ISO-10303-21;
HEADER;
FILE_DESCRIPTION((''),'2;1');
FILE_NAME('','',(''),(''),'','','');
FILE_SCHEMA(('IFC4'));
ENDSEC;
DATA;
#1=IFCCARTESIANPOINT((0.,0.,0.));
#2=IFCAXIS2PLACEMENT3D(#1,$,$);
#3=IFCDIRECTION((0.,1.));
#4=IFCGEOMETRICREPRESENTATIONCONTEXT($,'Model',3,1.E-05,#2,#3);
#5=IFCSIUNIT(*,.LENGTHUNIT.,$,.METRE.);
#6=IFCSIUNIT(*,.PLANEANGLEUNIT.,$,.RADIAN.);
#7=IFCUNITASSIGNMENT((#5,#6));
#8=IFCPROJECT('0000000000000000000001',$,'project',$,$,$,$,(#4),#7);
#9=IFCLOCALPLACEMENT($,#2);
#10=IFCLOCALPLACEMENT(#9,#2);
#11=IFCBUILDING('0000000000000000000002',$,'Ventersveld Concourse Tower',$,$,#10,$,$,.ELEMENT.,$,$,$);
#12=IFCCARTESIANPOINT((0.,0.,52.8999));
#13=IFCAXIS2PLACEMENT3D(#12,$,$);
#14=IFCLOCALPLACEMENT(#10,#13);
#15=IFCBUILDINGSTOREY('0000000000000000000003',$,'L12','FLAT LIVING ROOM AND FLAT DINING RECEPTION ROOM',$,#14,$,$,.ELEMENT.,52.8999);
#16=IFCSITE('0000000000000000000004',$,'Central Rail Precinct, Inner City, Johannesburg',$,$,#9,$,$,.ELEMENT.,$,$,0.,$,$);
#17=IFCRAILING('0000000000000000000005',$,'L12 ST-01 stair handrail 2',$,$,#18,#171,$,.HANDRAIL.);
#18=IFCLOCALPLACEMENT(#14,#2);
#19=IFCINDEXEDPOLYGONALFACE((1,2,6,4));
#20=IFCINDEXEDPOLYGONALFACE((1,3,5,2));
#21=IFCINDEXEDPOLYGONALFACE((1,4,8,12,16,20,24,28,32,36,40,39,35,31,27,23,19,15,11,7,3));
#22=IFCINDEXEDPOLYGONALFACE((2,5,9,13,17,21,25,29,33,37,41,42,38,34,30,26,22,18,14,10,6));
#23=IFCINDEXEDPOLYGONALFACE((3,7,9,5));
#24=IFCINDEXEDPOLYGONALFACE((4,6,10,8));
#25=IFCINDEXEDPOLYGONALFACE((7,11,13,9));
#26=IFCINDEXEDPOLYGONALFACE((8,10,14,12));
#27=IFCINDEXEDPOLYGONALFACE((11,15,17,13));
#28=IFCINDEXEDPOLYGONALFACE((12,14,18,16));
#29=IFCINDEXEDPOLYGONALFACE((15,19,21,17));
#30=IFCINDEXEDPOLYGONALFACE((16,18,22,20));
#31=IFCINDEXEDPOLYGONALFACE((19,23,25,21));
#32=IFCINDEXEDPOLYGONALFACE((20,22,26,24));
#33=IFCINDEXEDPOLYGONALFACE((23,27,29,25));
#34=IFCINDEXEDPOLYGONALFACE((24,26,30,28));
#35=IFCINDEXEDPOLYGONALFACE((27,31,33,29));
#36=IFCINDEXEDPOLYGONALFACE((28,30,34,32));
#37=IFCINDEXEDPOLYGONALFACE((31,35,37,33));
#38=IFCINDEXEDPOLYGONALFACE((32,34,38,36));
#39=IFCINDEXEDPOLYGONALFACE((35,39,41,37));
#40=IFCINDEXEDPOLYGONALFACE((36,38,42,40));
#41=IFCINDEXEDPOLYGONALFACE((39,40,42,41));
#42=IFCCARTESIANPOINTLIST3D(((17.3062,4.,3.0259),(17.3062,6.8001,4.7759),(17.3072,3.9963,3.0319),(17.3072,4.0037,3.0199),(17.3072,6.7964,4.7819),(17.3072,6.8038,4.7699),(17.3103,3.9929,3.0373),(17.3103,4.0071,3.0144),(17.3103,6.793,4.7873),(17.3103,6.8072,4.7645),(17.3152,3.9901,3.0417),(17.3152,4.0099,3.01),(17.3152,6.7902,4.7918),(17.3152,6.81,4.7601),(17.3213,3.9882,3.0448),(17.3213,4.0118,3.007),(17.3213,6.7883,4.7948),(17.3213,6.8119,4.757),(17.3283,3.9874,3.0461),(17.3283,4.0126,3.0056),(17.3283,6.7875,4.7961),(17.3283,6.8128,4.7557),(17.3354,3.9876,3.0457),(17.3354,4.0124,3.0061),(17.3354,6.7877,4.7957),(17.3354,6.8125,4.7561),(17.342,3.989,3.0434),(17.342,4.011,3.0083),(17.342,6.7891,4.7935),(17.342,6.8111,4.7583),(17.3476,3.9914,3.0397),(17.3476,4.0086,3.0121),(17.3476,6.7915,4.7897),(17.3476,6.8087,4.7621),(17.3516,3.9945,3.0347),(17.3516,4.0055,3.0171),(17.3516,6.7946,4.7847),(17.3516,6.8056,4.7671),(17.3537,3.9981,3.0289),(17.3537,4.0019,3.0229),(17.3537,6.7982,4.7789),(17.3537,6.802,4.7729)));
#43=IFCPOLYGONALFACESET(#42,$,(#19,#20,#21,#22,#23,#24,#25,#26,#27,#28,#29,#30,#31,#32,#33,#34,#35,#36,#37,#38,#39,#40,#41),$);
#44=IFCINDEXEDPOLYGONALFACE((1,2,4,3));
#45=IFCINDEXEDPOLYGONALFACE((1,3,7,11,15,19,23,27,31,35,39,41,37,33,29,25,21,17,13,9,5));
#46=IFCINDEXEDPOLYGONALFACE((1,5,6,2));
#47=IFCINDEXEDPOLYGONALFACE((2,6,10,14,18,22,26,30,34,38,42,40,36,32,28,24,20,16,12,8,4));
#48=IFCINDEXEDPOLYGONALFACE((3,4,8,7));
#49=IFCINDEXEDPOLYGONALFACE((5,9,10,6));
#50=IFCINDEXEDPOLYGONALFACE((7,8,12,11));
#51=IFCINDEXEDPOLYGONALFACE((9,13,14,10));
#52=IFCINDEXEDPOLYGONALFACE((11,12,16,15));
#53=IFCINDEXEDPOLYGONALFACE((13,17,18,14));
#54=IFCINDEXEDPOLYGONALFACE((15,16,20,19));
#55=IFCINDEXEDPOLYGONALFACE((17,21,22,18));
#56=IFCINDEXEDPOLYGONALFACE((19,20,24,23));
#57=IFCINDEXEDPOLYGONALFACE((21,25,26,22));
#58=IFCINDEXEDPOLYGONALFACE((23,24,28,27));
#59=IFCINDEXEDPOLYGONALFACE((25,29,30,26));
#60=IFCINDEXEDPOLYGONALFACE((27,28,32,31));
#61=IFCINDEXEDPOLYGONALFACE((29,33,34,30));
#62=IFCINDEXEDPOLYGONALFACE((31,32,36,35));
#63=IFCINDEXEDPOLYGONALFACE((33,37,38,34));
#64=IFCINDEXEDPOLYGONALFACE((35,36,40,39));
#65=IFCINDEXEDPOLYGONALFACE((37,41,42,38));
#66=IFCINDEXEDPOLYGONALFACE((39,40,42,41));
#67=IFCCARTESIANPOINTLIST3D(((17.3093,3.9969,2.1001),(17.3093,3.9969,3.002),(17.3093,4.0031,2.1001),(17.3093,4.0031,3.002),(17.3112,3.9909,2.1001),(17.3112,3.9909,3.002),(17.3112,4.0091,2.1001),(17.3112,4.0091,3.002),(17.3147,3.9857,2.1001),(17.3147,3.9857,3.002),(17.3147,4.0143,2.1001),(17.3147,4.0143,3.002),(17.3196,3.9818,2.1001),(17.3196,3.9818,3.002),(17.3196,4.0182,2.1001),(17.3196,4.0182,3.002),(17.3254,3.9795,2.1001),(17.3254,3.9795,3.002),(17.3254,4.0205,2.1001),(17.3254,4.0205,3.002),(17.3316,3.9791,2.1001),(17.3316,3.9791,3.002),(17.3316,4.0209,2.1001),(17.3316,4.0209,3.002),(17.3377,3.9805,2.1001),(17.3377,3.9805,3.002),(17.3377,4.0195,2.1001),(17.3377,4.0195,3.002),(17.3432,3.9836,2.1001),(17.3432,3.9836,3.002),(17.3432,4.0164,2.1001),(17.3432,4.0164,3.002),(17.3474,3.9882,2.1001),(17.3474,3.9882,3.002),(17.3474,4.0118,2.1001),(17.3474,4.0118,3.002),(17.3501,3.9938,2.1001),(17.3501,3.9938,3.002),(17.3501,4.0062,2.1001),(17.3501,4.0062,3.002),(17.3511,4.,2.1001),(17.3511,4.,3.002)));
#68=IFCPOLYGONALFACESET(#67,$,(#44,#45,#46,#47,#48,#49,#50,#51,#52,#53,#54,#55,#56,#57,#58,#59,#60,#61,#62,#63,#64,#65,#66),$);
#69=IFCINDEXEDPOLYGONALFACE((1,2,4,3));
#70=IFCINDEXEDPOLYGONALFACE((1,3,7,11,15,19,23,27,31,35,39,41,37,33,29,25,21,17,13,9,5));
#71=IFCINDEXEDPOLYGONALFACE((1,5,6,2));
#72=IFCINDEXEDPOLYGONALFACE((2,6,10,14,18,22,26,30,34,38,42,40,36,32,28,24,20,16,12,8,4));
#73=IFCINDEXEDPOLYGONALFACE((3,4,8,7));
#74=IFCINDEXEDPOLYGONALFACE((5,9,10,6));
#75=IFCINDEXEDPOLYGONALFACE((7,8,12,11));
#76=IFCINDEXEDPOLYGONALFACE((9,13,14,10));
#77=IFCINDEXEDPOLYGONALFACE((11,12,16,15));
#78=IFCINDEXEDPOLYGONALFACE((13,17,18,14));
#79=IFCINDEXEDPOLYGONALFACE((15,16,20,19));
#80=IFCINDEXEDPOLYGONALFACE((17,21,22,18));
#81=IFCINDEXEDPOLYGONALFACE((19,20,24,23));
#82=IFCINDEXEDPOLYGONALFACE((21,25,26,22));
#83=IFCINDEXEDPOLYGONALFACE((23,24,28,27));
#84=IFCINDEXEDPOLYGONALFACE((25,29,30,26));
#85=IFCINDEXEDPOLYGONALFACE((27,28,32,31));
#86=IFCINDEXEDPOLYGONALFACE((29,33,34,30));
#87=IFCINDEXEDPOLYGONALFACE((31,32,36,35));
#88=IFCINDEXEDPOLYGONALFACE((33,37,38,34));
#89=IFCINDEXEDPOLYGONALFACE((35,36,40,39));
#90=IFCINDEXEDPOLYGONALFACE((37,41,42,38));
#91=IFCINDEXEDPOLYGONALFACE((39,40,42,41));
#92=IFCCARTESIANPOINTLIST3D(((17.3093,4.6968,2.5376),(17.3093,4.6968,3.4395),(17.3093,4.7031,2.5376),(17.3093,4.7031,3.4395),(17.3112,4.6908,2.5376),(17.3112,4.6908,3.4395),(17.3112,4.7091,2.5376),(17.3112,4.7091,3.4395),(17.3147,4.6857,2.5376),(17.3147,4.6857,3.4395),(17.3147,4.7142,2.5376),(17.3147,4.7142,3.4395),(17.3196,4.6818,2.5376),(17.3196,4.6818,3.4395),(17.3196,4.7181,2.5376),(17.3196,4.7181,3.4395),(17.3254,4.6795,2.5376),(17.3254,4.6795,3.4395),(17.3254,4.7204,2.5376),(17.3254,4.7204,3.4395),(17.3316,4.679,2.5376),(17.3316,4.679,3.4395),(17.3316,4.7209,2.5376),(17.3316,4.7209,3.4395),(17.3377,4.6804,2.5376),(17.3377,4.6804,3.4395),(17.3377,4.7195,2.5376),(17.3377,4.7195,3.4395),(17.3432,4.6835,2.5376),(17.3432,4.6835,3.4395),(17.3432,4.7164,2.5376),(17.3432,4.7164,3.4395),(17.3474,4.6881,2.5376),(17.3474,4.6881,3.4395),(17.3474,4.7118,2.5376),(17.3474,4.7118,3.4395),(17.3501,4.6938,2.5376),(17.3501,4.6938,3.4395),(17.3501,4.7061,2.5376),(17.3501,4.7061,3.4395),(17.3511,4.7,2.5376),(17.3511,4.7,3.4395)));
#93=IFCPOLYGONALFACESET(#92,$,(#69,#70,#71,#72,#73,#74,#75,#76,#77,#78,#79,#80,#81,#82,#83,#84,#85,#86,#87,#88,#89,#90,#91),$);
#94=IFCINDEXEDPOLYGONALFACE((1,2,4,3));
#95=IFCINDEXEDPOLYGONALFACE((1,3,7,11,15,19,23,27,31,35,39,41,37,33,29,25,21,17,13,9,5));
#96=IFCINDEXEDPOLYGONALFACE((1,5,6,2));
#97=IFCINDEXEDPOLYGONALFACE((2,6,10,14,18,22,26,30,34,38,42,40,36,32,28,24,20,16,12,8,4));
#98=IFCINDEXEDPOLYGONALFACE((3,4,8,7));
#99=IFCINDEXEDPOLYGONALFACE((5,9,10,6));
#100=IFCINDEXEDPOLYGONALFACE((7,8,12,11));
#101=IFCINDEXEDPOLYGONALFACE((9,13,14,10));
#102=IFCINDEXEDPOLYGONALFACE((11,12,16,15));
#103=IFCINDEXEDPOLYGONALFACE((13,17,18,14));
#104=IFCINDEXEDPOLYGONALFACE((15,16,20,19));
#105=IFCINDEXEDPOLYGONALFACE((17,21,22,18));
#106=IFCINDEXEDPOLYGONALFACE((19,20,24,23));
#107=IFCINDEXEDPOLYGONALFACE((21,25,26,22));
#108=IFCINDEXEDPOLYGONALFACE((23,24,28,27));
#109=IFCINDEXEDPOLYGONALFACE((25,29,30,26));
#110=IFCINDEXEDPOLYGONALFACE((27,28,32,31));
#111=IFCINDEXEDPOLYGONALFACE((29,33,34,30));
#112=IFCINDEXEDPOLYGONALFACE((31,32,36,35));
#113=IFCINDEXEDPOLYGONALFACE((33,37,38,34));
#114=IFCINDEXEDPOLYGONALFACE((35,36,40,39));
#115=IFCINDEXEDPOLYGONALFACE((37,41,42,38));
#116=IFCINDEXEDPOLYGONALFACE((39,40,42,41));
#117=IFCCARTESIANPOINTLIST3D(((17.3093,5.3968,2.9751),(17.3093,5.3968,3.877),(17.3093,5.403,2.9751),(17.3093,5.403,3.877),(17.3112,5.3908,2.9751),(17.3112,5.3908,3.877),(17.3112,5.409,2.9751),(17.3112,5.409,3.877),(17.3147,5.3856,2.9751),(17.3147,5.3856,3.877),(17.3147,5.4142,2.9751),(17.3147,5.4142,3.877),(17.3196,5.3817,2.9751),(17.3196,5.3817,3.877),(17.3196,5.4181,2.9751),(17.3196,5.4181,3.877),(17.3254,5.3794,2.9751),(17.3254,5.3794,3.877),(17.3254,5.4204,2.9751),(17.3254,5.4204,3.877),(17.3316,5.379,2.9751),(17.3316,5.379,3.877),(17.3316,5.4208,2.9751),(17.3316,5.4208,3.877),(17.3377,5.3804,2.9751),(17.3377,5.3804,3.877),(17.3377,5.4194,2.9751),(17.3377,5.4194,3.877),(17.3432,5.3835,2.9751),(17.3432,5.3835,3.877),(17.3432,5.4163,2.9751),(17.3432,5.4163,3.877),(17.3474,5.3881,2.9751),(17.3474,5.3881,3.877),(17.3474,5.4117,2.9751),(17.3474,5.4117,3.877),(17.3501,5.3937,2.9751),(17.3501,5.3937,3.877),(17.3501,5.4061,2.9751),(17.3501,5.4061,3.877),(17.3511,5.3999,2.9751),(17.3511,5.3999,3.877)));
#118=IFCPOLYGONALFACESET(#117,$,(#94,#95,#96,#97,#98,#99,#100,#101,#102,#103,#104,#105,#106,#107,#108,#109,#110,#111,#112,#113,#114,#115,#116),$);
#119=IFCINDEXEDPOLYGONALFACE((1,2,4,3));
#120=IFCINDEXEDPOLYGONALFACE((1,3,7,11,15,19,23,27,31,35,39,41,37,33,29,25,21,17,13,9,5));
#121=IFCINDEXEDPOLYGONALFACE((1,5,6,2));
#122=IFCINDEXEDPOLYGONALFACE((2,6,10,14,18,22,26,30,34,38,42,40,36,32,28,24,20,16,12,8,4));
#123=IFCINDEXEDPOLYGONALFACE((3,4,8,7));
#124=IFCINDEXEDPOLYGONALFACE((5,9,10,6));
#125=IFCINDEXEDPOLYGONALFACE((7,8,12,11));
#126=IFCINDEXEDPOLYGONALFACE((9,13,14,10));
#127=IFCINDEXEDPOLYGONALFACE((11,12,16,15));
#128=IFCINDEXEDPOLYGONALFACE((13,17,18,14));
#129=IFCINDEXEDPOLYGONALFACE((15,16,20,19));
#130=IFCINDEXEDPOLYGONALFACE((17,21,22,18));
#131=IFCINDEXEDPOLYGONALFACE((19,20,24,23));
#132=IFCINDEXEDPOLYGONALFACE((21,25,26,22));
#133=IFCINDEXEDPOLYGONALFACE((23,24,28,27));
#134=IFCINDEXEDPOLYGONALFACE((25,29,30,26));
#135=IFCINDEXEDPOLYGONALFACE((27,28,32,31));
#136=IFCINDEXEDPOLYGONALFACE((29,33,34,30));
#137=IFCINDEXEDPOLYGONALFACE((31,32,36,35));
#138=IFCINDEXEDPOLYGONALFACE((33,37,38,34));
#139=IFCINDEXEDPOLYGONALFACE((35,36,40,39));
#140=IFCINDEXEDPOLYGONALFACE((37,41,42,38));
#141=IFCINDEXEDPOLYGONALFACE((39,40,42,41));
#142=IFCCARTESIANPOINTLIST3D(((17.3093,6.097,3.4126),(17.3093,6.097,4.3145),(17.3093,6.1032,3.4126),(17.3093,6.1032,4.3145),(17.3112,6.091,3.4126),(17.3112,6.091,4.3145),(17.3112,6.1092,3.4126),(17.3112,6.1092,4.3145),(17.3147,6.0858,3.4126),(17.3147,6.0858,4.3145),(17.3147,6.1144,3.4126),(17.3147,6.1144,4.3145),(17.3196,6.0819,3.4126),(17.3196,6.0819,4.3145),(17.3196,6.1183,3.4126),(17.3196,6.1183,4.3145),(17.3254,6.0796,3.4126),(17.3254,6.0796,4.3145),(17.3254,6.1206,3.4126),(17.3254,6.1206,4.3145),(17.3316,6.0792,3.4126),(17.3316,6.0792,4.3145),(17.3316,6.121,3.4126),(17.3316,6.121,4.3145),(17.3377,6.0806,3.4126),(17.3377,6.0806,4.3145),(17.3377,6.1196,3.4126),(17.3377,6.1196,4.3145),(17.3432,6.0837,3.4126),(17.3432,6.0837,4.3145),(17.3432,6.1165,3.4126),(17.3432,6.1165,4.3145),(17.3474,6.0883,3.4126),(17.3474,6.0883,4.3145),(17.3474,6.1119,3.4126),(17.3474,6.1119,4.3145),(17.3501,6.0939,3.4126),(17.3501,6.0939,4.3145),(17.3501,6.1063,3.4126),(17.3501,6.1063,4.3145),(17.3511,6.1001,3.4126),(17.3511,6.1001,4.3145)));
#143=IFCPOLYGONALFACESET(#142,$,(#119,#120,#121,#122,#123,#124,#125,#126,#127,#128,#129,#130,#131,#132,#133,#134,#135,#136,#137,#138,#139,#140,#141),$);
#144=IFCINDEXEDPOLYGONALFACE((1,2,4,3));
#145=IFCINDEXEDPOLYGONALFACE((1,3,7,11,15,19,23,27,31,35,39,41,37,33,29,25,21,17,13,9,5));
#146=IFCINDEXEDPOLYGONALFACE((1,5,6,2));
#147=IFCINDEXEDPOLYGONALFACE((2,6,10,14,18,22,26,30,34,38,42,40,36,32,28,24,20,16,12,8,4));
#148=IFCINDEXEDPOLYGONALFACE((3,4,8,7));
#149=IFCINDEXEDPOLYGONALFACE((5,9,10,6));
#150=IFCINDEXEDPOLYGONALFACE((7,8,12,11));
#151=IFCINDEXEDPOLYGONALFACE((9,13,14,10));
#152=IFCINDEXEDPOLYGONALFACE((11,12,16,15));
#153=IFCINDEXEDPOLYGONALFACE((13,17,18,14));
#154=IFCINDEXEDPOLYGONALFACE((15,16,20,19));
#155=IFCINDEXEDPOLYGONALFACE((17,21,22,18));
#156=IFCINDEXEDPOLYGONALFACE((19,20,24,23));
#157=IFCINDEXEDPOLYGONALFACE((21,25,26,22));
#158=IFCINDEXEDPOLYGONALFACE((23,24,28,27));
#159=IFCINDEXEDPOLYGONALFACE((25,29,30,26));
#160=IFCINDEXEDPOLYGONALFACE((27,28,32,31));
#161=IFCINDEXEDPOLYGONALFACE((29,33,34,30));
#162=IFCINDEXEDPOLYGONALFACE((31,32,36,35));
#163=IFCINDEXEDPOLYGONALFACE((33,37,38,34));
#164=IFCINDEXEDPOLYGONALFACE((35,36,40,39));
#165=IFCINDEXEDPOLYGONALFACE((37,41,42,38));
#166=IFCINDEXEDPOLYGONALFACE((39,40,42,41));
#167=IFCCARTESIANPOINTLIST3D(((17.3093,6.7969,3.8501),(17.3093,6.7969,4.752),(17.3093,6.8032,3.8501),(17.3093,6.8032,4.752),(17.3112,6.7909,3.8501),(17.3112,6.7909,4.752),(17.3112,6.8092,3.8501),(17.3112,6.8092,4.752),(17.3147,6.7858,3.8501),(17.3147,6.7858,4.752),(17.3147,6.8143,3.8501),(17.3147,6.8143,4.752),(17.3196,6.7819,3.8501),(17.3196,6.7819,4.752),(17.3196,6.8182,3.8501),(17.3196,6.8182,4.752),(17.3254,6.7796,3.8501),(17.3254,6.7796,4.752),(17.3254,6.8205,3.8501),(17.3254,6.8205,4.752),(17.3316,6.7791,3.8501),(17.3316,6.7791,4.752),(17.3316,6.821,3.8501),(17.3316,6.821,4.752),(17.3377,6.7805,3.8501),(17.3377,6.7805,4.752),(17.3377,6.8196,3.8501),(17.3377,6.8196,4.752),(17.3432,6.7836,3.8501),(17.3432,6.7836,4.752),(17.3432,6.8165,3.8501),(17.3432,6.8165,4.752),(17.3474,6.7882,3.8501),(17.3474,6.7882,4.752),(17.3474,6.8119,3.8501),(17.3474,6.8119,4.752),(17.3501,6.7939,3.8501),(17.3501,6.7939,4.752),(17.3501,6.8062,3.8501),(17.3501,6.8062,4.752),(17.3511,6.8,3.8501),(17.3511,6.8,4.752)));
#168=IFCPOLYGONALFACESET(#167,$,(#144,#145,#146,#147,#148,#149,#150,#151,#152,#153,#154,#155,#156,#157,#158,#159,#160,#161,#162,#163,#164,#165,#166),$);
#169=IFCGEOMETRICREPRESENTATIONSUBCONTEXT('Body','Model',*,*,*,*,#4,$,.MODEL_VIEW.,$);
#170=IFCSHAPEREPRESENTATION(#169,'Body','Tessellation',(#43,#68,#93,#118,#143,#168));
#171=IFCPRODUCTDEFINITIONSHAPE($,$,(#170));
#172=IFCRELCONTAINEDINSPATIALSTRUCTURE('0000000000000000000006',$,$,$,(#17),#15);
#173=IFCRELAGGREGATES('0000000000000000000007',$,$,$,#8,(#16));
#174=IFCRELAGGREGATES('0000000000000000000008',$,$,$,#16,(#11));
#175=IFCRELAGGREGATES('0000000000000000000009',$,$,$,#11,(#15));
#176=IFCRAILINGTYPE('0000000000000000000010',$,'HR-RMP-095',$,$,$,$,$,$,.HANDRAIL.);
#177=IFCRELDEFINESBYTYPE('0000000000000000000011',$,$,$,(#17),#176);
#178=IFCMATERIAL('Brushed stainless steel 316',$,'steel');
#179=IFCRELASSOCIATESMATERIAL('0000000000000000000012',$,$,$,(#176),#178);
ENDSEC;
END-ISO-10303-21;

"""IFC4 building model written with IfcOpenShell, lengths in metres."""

from ifc_helpers import new_model, si_unit, direction, frame, origin, origin_2d, place, context, subcontext, project, spatial, circle, extrude, material, type_object, element, save


model = new_model("IFC4")

# Units and contexts
model_context = context("Model", 3, precision=1e-05, world=origin(), true_north=direction((0.0, 1.0)))
body_context = subcontext(model_context, "Body", "Model", "MODEL_VIEW")
ifc_project = project(units=[si_unit("LENGTHUNIT", "METRE"), si_unit("PLANEANGLEUNIT", "RADIAN")], contexts=[model_context])

# Site, building, storey
site_placement = place(None, origin())
site = spatial("IfcSite", under=ifc_project, at=site_placement, Name="Central Rail Precinct, Inner City, Johannesburg", CompositionType="ELEMENT", RefElevation=0.0)
building_placement = place(site_placement, origin())
building = spatial("IfcBuilding", under=site, at=building_placement, Name="Ventersveld Concourse Tower", CompositionType="ELEMENT")
storey_placement = place(building_placement, frame((0.0, 0.0, 52.8999)))
storey = spatial("IfcBuildingStorey", under=building, at=storey_placement, Name="L12", Description="FLAT LIVING ROOM AND FLAT DINING RECEPTION ROOM", CompositionType="ELEMENT", Elevation=52.8999)

# Shared definitions
ifc_material_1 = material(Name="Brushed stainless steel 316", Category="steel")

# Railing
railing_type_1 = type_object("IfcRailingType", Name="HR-RMP-095", PredefinedType="HANDRAIL", material=ifc_material_1)
railing_1_placement = place(storey_placement, frame((17.3301, 4.0, 2.1001)))
element("IfcRailing", 1, at=railing_1_placement, inside=storey, type_object=railing_type_1, Name="L12 ST-01 stair handrail 2", PredefinedType="HANDRAIL", context=body_context, shape_type="SweptSolid", body=[
    extrude(circle(Radius=0.0239, at=origin_2d()), frame((0.0, 0.0, 0.9258), z_axis=(0.0, 0.848002, 0.529992), x_axis=(-1.0, 0.0, 0.0)), (0.0, 0.0, 1.0), 3.302),
    extrude(circle(Radius=0.021, at=origin_2d()), origin(), (0.0, 0.0, 1.0), 0.9019),
    extrude(circle(Radius=0.021, at=origin_2d()), frame((0.0, 0.7, 0.4375)), (0.0, 0.0, 1.0), 0.9019),
    extrude(circle(Radius=0.021, at=origin_2d()), frame((0.0, 1.3999, 0.875)), (0.0, 0.0, 1.0), 0.9019),
    extrude(circle(Radius=0.021, at=origin_2d()), frame((0.0, 2.1001, 1.3125)), (0.0, 0.0, 1.0), 0.9019),
    extrude(circle(Radius=0.021, at=origin_2d()), frame((0.0, 2.8, 1.75)), (0.0, 0.0, 1.0), 0.9019),
])

save(model, "model.ifc")
